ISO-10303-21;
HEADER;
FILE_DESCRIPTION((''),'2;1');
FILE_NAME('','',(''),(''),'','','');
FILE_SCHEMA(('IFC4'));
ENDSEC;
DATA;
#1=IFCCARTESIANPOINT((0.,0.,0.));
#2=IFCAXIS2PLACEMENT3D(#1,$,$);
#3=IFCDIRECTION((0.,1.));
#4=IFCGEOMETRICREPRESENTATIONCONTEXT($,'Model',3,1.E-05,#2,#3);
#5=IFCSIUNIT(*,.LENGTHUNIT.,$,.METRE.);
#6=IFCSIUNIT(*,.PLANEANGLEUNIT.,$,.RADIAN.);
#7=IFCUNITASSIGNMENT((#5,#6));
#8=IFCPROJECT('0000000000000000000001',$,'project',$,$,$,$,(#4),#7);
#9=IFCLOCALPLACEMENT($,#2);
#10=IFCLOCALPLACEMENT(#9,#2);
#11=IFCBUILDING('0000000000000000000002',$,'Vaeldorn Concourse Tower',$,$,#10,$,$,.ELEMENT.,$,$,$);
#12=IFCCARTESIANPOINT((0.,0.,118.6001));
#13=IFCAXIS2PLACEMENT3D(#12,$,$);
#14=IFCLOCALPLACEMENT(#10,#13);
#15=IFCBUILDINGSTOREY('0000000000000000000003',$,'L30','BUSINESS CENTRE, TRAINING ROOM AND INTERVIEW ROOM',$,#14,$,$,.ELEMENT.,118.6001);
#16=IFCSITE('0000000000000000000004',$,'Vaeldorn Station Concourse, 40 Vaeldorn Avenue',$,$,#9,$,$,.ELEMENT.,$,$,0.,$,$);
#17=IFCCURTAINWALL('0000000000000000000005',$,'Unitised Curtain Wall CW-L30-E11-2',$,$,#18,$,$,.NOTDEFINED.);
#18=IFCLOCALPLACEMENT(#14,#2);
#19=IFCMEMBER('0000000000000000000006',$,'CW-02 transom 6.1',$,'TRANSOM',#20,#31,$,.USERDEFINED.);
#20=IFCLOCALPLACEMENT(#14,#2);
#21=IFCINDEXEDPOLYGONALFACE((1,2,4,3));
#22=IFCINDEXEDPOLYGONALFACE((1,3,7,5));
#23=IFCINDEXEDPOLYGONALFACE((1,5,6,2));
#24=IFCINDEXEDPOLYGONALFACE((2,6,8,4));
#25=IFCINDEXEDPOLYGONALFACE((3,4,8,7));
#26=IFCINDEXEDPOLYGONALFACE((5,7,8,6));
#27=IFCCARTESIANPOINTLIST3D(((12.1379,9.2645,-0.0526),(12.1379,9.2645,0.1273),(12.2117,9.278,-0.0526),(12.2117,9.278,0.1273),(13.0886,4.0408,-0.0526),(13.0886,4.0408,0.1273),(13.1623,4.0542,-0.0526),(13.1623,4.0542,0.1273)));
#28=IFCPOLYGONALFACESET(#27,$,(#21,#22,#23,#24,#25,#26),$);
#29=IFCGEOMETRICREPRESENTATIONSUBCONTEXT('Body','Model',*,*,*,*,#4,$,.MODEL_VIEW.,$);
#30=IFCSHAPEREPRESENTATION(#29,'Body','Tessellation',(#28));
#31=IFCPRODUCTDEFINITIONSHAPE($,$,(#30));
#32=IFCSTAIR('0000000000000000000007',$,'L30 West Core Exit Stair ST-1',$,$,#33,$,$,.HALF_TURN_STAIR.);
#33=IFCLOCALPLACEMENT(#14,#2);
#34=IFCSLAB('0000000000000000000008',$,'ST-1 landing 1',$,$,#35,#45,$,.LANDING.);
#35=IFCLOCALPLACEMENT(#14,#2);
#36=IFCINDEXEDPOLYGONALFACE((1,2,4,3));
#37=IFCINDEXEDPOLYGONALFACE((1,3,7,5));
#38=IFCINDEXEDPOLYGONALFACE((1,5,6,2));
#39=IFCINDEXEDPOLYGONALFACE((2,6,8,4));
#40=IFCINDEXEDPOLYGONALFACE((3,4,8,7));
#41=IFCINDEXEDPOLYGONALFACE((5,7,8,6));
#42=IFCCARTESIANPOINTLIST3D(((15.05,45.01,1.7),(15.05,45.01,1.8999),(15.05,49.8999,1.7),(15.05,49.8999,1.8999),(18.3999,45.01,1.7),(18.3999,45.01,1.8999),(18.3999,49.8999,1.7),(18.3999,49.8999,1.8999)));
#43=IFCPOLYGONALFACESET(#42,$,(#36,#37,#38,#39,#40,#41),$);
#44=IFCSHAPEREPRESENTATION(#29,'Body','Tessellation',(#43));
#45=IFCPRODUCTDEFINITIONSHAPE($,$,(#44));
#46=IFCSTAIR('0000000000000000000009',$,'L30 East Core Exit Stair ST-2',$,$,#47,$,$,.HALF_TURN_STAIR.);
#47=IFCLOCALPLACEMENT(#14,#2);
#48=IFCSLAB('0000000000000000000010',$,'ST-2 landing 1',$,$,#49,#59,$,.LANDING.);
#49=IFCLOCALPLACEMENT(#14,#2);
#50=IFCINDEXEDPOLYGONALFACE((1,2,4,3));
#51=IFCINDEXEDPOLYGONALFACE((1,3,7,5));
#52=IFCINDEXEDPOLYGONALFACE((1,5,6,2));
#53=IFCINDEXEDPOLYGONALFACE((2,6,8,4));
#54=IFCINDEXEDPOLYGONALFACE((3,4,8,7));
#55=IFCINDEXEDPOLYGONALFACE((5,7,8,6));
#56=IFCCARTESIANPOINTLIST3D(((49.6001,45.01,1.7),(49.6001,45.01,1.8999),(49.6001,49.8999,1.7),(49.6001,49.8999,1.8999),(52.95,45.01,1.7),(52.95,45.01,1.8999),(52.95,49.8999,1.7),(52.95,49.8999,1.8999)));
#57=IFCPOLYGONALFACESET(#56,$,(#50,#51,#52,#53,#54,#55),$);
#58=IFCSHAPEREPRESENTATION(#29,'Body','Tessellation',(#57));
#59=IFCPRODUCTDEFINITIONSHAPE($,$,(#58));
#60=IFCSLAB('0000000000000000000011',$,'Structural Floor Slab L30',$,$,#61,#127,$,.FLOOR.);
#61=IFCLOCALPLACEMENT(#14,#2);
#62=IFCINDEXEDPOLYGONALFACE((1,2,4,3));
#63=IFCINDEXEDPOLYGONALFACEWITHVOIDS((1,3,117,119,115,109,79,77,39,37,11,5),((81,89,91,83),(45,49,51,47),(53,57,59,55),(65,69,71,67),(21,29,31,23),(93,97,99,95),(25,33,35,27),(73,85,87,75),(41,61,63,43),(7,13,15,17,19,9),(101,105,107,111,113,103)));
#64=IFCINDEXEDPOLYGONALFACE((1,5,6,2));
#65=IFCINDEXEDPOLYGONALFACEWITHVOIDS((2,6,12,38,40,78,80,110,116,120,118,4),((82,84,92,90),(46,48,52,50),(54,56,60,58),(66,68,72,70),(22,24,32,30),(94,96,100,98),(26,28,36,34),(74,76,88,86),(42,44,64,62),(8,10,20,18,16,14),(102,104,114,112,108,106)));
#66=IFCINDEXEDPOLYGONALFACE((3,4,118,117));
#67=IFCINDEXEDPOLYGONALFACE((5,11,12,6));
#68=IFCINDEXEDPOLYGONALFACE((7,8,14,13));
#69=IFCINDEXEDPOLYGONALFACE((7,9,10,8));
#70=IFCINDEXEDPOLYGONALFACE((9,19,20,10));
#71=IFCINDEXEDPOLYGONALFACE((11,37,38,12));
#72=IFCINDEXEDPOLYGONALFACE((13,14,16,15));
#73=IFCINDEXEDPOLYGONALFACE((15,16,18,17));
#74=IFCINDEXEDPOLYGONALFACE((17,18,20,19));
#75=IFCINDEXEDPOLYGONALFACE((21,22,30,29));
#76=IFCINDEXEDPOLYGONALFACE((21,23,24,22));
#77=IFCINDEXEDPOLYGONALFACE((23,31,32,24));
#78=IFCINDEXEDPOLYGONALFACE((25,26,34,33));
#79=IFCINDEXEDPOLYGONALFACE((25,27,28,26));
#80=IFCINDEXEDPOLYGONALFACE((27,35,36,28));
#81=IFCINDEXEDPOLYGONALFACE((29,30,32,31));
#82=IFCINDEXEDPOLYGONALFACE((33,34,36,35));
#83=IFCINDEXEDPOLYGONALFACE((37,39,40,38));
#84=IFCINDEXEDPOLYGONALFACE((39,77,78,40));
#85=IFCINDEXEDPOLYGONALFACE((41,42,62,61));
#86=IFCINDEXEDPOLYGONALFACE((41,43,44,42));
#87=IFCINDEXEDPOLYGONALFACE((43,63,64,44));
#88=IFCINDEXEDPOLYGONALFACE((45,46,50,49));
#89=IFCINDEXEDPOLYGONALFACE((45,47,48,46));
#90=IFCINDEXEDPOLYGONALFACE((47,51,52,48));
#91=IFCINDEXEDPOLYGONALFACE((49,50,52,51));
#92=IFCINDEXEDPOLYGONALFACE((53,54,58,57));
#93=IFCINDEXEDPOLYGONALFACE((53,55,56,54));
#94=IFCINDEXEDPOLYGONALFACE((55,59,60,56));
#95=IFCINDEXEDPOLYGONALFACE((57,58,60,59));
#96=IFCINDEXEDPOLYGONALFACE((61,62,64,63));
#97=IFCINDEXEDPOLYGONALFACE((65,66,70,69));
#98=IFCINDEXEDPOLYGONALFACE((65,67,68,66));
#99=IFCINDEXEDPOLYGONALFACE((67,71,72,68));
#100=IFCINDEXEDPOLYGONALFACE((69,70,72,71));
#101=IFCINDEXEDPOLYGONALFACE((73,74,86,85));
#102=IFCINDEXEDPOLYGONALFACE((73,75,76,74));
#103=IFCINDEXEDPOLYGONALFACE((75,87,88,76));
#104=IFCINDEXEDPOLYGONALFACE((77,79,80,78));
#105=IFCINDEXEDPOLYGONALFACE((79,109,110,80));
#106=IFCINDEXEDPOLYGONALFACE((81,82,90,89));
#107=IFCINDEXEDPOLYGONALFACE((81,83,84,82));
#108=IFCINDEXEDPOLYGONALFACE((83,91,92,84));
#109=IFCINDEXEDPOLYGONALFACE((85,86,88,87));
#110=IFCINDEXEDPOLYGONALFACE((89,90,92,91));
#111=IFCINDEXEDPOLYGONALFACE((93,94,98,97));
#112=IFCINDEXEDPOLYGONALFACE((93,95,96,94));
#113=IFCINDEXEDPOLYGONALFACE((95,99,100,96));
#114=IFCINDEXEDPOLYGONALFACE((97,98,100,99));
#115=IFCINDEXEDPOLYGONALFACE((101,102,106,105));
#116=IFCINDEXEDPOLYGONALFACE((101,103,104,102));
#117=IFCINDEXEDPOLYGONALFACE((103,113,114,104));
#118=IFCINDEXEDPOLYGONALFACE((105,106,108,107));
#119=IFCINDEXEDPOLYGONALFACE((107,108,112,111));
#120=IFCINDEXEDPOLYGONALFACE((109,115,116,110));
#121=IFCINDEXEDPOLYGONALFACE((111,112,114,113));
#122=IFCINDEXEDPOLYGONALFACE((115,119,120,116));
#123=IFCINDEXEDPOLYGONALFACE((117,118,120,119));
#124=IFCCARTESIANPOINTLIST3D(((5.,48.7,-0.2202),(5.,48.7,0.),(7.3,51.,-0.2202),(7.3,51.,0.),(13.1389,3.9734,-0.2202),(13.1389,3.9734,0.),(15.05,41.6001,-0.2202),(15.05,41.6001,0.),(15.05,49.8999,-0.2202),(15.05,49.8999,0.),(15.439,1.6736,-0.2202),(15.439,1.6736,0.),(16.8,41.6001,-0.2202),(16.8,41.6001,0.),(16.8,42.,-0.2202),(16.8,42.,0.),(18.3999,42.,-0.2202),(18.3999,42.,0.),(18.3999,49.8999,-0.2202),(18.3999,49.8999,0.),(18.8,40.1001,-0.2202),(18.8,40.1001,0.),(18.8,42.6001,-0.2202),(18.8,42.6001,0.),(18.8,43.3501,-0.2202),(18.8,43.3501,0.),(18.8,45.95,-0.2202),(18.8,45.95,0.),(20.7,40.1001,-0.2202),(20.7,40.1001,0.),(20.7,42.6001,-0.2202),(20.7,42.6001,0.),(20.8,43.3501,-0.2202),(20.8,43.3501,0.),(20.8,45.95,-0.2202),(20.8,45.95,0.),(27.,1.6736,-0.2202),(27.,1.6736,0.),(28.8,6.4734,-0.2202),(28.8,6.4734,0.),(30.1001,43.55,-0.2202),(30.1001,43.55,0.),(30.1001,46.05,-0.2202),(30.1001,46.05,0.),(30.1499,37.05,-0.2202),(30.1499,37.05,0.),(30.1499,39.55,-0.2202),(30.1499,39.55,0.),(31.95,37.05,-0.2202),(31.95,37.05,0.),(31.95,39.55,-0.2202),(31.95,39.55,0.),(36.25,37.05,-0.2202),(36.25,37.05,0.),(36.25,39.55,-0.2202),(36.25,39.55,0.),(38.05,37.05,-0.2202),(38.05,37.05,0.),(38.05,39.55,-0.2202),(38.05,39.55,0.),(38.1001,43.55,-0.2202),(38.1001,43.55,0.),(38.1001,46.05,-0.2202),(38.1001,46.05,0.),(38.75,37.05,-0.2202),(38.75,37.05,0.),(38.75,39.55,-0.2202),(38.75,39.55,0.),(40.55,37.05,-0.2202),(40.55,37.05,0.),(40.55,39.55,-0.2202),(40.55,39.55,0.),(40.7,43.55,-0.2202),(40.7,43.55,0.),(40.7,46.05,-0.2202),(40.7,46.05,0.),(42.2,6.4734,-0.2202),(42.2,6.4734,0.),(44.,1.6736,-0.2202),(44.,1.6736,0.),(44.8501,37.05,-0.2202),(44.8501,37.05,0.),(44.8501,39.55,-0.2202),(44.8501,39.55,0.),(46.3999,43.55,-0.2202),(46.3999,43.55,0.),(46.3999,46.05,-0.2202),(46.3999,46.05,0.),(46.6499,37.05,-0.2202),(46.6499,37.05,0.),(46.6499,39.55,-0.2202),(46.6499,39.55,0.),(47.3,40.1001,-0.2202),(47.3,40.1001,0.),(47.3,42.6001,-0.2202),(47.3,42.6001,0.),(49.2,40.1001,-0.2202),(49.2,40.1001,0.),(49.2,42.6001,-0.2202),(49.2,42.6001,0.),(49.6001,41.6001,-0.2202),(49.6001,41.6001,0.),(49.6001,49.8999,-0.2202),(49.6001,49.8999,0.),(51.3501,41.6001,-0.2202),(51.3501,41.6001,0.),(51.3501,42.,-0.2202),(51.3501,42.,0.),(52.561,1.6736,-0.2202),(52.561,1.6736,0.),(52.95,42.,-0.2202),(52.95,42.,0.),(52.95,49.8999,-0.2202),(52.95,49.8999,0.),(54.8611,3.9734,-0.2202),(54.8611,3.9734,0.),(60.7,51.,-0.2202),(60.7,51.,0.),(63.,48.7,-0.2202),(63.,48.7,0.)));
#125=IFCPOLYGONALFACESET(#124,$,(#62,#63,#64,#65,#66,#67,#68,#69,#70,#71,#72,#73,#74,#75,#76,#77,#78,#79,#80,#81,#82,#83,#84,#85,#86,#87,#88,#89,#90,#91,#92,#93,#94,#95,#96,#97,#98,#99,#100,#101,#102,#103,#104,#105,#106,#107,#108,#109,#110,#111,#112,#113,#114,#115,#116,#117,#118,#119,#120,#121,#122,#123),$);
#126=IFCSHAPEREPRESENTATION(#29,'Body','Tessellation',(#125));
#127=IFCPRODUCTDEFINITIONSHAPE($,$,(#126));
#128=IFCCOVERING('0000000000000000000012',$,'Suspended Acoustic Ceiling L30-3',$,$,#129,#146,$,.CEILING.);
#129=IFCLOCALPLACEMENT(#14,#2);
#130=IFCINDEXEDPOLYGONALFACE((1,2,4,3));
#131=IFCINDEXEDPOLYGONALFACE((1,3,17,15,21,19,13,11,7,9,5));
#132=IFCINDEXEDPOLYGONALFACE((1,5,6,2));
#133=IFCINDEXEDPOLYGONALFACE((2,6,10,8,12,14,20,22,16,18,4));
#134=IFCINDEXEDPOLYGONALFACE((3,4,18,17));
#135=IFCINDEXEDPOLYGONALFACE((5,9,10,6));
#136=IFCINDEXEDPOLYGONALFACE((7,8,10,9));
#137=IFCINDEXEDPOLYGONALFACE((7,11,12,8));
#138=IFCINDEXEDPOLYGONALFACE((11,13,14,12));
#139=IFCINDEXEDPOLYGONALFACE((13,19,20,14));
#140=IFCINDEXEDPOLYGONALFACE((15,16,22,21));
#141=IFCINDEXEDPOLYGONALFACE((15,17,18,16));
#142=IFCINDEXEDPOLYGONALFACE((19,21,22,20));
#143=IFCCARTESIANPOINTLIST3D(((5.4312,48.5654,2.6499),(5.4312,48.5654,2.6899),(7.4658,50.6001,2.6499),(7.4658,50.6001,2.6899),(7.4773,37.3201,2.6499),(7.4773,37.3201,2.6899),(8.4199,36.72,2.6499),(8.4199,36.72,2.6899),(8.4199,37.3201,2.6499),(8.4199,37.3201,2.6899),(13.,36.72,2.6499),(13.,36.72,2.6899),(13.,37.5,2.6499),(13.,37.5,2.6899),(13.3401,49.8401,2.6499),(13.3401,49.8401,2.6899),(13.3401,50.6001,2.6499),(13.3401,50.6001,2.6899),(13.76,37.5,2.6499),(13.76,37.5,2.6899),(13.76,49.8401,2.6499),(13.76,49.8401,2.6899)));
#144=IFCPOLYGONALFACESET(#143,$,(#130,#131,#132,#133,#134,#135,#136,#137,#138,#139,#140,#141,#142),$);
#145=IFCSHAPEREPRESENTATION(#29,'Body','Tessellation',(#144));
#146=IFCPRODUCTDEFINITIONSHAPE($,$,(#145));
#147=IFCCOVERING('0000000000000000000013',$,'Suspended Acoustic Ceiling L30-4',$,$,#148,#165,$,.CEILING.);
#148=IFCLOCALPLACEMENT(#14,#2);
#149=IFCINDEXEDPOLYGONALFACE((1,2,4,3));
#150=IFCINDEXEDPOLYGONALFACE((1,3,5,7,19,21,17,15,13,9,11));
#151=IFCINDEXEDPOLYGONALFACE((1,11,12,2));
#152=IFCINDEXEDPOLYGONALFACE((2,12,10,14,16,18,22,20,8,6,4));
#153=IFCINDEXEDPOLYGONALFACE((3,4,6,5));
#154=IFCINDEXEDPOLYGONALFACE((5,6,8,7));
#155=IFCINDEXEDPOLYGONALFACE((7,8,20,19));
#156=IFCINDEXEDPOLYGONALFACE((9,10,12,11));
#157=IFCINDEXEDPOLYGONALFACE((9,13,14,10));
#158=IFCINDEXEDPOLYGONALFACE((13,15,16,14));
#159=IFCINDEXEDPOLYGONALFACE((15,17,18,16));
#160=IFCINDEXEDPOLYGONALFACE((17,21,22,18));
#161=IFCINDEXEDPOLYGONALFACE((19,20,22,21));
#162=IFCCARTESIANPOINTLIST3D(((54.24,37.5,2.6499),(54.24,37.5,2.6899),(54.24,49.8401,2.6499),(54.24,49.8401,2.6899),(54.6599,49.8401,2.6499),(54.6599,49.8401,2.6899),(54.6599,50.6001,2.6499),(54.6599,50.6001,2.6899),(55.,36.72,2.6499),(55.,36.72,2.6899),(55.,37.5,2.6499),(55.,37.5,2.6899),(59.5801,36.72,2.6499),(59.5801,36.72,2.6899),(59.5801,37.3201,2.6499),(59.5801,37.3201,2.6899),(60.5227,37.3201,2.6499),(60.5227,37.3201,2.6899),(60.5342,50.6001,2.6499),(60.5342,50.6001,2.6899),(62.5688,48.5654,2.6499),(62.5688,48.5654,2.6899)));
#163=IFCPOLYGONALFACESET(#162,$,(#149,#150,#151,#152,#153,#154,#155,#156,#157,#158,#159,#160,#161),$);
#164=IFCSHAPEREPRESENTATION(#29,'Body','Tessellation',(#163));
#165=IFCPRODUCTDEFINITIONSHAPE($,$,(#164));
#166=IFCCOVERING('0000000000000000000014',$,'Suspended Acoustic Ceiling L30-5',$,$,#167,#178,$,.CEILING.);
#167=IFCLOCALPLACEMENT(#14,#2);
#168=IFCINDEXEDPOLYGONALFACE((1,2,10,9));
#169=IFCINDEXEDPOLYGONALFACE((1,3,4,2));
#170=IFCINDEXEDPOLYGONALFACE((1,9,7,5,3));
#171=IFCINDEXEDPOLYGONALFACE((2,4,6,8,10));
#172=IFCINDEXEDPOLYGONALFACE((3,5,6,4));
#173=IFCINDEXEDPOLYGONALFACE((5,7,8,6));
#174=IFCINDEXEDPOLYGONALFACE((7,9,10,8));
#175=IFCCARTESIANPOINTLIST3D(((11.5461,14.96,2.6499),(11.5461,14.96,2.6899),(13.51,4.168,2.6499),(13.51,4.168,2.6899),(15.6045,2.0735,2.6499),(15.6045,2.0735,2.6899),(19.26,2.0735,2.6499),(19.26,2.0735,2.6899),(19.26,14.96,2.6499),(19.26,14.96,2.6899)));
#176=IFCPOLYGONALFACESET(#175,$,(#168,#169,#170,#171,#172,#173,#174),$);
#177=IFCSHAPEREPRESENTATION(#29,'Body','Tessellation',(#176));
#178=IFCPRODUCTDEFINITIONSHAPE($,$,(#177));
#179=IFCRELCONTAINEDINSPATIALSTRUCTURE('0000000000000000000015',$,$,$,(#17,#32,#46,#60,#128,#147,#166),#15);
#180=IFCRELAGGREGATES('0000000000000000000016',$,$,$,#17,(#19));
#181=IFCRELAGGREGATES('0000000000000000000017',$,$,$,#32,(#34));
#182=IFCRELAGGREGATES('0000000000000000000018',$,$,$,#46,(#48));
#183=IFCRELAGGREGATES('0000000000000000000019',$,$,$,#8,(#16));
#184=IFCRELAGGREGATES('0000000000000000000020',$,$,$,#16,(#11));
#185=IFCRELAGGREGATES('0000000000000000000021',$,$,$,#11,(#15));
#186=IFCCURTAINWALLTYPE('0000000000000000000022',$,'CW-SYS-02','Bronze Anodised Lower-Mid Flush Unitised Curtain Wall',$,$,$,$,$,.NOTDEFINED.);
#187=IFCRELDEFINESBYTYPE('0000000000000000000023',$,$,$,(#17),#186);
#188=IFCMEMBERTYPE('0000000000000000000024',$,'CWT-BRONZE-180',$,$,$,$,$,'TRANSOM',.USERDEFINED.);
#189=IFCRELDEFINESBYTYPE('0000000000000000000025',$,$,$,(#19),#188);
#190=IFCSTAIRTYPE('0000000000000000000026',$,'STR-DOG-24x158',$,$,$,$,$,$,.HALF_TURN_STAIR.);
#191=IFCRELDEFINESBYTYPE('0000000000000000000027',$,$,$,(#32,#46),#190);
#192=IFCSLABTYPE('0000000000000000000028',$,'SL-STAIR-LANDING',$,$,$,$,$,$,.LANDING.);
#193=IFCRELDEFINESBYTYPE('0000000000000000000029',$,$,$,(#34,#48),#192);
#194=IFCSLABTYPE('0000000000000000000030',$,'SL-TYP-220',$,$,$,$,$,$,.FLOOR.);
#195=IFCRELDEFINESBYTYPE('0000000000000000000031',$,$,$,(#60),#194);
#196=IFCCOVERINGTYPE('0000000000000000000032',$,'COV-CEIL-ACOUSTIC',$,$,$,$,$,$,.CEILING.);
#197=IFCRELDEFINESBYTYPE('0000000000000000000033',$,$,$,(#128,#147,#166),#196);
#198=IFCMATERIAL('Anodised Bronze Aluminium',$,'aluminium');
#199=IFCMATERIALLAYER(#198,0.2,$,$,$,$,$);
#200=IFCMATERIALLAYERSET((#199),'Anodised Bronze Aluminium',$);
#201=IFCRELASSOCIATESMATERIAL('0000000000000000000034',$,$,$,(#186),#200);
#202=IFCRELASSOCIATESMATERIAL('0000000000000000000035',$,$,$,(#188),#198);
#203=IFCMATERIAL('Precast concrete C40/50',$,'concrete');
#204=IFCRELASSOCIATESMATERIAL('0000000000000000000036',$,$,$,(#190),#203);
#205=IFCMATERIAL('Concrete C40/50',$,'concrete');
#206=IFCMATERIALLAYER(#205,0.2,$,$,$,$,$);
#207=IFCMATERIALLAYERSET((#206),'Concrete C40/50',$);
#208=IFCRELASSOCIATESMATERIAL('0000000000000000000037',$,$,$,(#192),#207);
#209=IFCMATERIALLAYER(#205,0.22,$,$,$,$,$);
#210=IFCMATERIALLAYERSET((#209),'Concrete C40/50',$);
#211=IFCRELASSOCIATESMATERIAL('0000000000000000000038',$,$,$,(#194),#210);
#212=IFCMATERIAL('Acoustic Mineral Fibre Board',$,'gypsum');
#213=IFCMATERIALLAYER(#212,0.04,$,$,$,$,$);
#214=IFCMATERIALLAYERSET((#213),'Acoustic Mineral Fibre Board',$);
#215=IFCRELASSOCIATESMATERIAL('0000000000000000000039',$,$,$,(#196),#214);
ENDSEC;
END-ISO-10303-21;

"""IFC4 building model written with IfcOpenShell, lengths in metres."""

from ifc_helpers import new_model, si_unit, direction, frame, origin, origin_2d, place, context, subcontext, project, spatial, polyline, rectangle, outline, extrude, source, transform, mapped, material, layer, layer_set, material_profile, profile_set, type_object, element, aggregate, save


model = new_model("IFC4")

# Units and contexts
model_context = context("Model", 3, precision=1e-05, world=origin(), true_north=direction((0.0, 1.0)))
body_context = subcontext(model_context, "Body", "Model", "MODEL_VIEW")
ifc_project = project(units=[si_unit("LENGTHUNIT", "METRE"), si_unit("PLANEANGLEUNIT", "RADIAN")], contexts=[model_context])

# Site, building, storey
site_placement = place(None, origin())
site = spatial("IfcSite", under=ifc_project, at=site_placement, Name="Vaeldorn Station Concourse, 40 Vaeldorn Avenue", CompositionType="ELEMENT", RefElevation=0.0)
building_placement = place(site_placement, origin())
building = spatial("IfcBuilding", under=site, at=building_placement, Name="Vaeldorn Concourse Tower", CompositionType="ELEMENT")
storey_placement = place(building_placement, frame((0.0, 0.0, 118.6001)))
storey = spatial("IfcBuildingStorey", under=building, at=storey_placement, Name="L30", Description="BUSINESS CENTRE, TRAINING ROOM AND INTERVIEW ROOM", CompositionType="ELEMENT", Elevation=118.6001)

# Curtain wall, member
ifc_material_1 = material(Name="Anodised Bronze Aluminium", Category="aluminium")
ifc_layer_1 = layer(ifc_material_1, 0.2)
ifc_layer_set_1 = layer_set([ifc_layer_1], Name="Anodised Bronze Aluminium")
curtain_wall_type = type_object("IfcCurtainWallType", Name="CW-SYS-02", Description="Bronze Anodised Lower-Mid Flush Unitised Curtain Wall", PredefinedType="NOTDEFINED", material=ifc_layer_set_1)
curtain_wall_placement = place(storey_placement, origin())
curtain_wall = element("IfcCurtainWall", 1, at=curtain_wall_placement, inside=storey, type_object=curtain_wall_type, Name="Unitised Curtain Wall CW-L30-E11-2", PredefinedType="NOTDEFINED")
ifc_material_profile = material_profile(ifc_material_1, rectangle(XDim=0.075, YDim=0.1799, at=origin_2d()), Name="CWT 75x180")
ifc_profile_set = profile_set([ifc_material_profile], Name="Anodised Bronze Aluminium")
member_type = type_object("IfcMemberType", Name="CWT-BRONZE-180", ElementType="TRANSOM", PredefinedType="USERDEFINED", material=ifc_profile_set)
shared_shape = source(origin(), body_context, "Body", "SweptSolid", [
    extrude(rectangle(XDim=0.075, YDim=0.1799, at=origin_2d()), origin(), (0.0, 0.0, 1.0), 5.3096),
])
member_placement = place(storey_placement, frame((12.1748, 9.2712, 0.0374), z_axis=(0.179047, -0.98384, 0.0), x_axis=(0.98384, 0.179047, 0.0)))
member = element("IfcMember", 2, at=member_placement, type_object=member_type, Name="CW-02 transom 6.1", ObjectType="TRANSOM", PredefinedType="USERDEFINED", context=body_context, shape_type="MappedRepresentation", body=[
    mapped(shared_shape, transform((0.0, 0.0, 0.0), scale=1.0)),
])
aggregate(curtain_wall, [member])

# Stairs, slabs
ifc_material_2 = material(Name="Precast concrete C40/50", Category="concrete")
stair_type = type_object("IfcStairType", Name="STR-DOG-24x158", PredefinedType="HALF_TURN_STAIR", material=ifc_material_2)
stair_1_placement = place(storey_placement, origin())
stair_1 = element("IfcStair", 3, at=stair_1_placement, inside=storey, type_object=stair_type, Name="L30 West Core Exit Stair ST-1", PredefinedType="HALF_TURN_STAIR")
ifc_material_3 = material(Name="Concrete C40/50", Category="concrete")
ifc_layer_2 = layer(ifc_material_3, 0.2)
ifc_layer_set_2 = layer_set([ifc_layer_2], Name="Concrete C40/50")
slab_type_1 = type_object("IfcSlabType", Name="SL-STAIR-LANDING", PredefinedType="LANDING", material=ifc_layer_set_2)
slab_1_placement = place(storey_placement, frame((0.0, 0.0, 1.7)))
slab_1 = element("IfcSlab", 4, at=slab_1_placement, type_object=slab_type_1, Name="ST-1 landing 1", PredefinedType="LANDING", context=body_context, shape_type="SweptSolid", body=[
    extrude(outline(polyline([(18.3999, 45.01), (18.3999, 49.8999), (15.05, 49.8999), (15.05, 45.01), (18.3999, 45.01)])), origin(), (0.0, 0.0, 1.0), 0.2),
])
aggregate(stair_1, [slab_1])
stair_2_placement = place(storey_placement, origin())
stair_2 = element("IfcStair", 5, at=stair_2_placement, inside=storey, type_object=stair_type, Name="L30 East Core Exit Stair ST-2", PredefinedType="HALF_TURN_STAIR")
slab_2_placement = place(storey_placement, frame((0.0, 0.0, 1.7)))
slab_2 = element("IfcSlab", 6, at=slab_2_placement, type_object=slab_type_1, Name="ST-2 landing 1", PredefinedType="LANDING", context=body_context, shape_type="SweptSolid", body=[
    extrude(outline(polyline([(52.95, 45.01), (52.95, 49.8999), (49.6001, 49.8999), (49.6001, 45.01), (52.95, 45.01)])), origin(), (0.0, 0.0, 1.0), 0.2),
])
aggregate(stair_2, [slab_2])

# Slab
ifc_layer_3 = layer(ifc_material_3, 0.22)
ifc_layer_set_3 = layer_set([ifc_layer_3], Name="Concrete C40/50")
slab_type_2 = type_object("IfcSlabType", Name="SL-TYP-220", PredefinedType="FLOOR", material=ifc_layer_set_3)
slab_3_placement = place(storey_placement, frame((0.0, 0.0, -0.2202)))
element("IfcSlab", 7, at=slab_3_placement, inside=storey, type_object=slab_type_2, Name="Structural Floor Slab L30", PredefinedType="FLOOR", context=body_context, shape_type="SweptSolid", body=[
    extrude(outline(polyline([(15.439, 1.6736), (27.0, 1.6736), (28.8, 6.4734), (42.2, 6.4734), (44.0, 1.6736), (52.561, 1.6736), (54.8611, 3.9734), (63.0, 48.7), (60.7, 51.0), (7.3, 51.0), (5.0, 48.7), (13.1389, 3.9734), (15.439, 1.6736)]), holes=[polyline([(18.3999, 42.0), (18.3999, 49.8999), (15.05, 49.8999), (15.05, 41.6001), (16.8, 41.6001), (16.8, 42.0), (18.3999, 42.0)]), polyline([(52.95, 42.0), (52.95, 49.8999), (49.6001, 49.8999), (49.6001, 41.6001), (51.3501, 41.6001), (51.3501, 42.0), (52.95, 42.0)]), polyline([(30.1499, 37.05), (31.95, 37.05), (31.95, 39.55), (30.1499, 39.55), (30.1499, 37.05)]), polyline([(36.25, 37.05), (38.05, 37.05), (38.05, 39.55), (36.25, 39.55), (36.25, 37.05)]), polyline([(30.1001, 43.55), (38.1001, 43.55), (38.1001, 46.05), (30.1001, 46.05), (30.1001, 43.55)]), polyline([(38.75, 37.05), (40.55, 37.05), (40.55, 39.55), (38.75, 39.55), (38.75, 37.05)]), polyline([(44.8501, 37.05), (46.6499, 37.05), (46.6499, 39.55), (44.8501, 39.55), (44.8501, 37.05)]), polyline([(40.7, 43.55), (46.3999, 43.55), (46.3999, 46.05), (40.7, 46.05), (40.7, 43.55)]), polyline([(18.8, 43.3501), (20.8, 43.3501), (20.8, 45.95), (18.8, 45.95), (18.8, 43.3501)]), polyline([(18.8, 40.1001), (20.7, 40.1001), (20.7, 42.6001), (18.8, 42.6001), (18.8, 40.1001)]), polyline([(47.3, 40.1001), (49.2, 40.1001), (49.2, 42.6001), (47.3, 42.6001), (47.3, 40.1001)])]), origin(), (0.0, 0.0, 1.0), 0.2202),
])

# Coverings
ifc_material_4 = material(Name="Acoustic Mineral Fibre Board", Category="gypsum")
ifc_layer_4 = layer(ifc_material_4, 0.04)
ifc_layer_set_4 = layer_set([ifc_layer_4], Name="Acoustic Mineral Fibre Board")
covering_type_1 = type_object("IfcCoveringType", Name="COV-CEIL-ACOUSTIC", PredefinedType="CEILING", material=ifc_layer_set_4)
covering_1_placement = place(storey_placement, frame((0.0, 0.0, 2.6499)))
element("IfcCovering", 8, at=covering_1_placement, inside=storey, type_object=covering_type_1, Name="Suspended Acoustic Ceiling L30-3", PredefinedType="CEILING", context=body_context, shape_type="SweptSolid", body=[
    extrude(outline(polyline([(7.4658, 50.6001), (13.3401, 50.6001), (13.3401, 49.8401), (13.76, 49.8401), (13.76, 37.5), (13.0, 37.5), (13.0, 36.72), (8.4199, 36.72), (8.4199, 37.3201), (7.4773, 37.3201), (5.4312, 48.5654), (7.4658, 50.6001)])), origin(), (0.0, 0.0, 1.0), 0.04),
])
covering_2_placement = place(storey_placement, frame((0.0, 0.0, 2.6499)))
element("IfcCovering", 9, at=covering_2_placement, inside=storey, type_object=covering_type_1, Name="Suspended Acoustic Ceiling L30-4", PredefinedType="CEILING", context=body_context, shape_type="SweptSolid", body=[
    extrude(outline(polyline([(54.6599, 49.8401), (54.6599, 50.6001), (60.5342, 50.6001), (62.5688, 48.5654), (60.5227, 37.3201), (59.5801, 37.3201), (59.5801, 36.72), (55.0, 36.72), (55.0, 37.5), (54.24, 37.5), (54.24, 49.8401), (54.6599, 49.8401)])), origin(), (0.0, 0.0, 1.0), 0.04),
])
covering_3_placement = place(storey_placement, frame((0.0, 0.0, 2.6499)))
element("IfcCovering", 10, at=covering_3_placement, inside=storey, type_object=covering_type_1, Name="Suspended Acoustic Ceiling L30-5", PredefinedType="CEILING", context=body_context, shape_type="SweptSolid", body=[
    extrude(outline(polyline([(19.26, 14.96), (19.26, 2.0735), (15.6045, 2.0735), (13.51, 4.168), (11.5461, 14.96), (19.26, 14.96)])), origin(), (0.0, 0.0, 1.0), 0.04),
])

save(model, "model.ifc")
